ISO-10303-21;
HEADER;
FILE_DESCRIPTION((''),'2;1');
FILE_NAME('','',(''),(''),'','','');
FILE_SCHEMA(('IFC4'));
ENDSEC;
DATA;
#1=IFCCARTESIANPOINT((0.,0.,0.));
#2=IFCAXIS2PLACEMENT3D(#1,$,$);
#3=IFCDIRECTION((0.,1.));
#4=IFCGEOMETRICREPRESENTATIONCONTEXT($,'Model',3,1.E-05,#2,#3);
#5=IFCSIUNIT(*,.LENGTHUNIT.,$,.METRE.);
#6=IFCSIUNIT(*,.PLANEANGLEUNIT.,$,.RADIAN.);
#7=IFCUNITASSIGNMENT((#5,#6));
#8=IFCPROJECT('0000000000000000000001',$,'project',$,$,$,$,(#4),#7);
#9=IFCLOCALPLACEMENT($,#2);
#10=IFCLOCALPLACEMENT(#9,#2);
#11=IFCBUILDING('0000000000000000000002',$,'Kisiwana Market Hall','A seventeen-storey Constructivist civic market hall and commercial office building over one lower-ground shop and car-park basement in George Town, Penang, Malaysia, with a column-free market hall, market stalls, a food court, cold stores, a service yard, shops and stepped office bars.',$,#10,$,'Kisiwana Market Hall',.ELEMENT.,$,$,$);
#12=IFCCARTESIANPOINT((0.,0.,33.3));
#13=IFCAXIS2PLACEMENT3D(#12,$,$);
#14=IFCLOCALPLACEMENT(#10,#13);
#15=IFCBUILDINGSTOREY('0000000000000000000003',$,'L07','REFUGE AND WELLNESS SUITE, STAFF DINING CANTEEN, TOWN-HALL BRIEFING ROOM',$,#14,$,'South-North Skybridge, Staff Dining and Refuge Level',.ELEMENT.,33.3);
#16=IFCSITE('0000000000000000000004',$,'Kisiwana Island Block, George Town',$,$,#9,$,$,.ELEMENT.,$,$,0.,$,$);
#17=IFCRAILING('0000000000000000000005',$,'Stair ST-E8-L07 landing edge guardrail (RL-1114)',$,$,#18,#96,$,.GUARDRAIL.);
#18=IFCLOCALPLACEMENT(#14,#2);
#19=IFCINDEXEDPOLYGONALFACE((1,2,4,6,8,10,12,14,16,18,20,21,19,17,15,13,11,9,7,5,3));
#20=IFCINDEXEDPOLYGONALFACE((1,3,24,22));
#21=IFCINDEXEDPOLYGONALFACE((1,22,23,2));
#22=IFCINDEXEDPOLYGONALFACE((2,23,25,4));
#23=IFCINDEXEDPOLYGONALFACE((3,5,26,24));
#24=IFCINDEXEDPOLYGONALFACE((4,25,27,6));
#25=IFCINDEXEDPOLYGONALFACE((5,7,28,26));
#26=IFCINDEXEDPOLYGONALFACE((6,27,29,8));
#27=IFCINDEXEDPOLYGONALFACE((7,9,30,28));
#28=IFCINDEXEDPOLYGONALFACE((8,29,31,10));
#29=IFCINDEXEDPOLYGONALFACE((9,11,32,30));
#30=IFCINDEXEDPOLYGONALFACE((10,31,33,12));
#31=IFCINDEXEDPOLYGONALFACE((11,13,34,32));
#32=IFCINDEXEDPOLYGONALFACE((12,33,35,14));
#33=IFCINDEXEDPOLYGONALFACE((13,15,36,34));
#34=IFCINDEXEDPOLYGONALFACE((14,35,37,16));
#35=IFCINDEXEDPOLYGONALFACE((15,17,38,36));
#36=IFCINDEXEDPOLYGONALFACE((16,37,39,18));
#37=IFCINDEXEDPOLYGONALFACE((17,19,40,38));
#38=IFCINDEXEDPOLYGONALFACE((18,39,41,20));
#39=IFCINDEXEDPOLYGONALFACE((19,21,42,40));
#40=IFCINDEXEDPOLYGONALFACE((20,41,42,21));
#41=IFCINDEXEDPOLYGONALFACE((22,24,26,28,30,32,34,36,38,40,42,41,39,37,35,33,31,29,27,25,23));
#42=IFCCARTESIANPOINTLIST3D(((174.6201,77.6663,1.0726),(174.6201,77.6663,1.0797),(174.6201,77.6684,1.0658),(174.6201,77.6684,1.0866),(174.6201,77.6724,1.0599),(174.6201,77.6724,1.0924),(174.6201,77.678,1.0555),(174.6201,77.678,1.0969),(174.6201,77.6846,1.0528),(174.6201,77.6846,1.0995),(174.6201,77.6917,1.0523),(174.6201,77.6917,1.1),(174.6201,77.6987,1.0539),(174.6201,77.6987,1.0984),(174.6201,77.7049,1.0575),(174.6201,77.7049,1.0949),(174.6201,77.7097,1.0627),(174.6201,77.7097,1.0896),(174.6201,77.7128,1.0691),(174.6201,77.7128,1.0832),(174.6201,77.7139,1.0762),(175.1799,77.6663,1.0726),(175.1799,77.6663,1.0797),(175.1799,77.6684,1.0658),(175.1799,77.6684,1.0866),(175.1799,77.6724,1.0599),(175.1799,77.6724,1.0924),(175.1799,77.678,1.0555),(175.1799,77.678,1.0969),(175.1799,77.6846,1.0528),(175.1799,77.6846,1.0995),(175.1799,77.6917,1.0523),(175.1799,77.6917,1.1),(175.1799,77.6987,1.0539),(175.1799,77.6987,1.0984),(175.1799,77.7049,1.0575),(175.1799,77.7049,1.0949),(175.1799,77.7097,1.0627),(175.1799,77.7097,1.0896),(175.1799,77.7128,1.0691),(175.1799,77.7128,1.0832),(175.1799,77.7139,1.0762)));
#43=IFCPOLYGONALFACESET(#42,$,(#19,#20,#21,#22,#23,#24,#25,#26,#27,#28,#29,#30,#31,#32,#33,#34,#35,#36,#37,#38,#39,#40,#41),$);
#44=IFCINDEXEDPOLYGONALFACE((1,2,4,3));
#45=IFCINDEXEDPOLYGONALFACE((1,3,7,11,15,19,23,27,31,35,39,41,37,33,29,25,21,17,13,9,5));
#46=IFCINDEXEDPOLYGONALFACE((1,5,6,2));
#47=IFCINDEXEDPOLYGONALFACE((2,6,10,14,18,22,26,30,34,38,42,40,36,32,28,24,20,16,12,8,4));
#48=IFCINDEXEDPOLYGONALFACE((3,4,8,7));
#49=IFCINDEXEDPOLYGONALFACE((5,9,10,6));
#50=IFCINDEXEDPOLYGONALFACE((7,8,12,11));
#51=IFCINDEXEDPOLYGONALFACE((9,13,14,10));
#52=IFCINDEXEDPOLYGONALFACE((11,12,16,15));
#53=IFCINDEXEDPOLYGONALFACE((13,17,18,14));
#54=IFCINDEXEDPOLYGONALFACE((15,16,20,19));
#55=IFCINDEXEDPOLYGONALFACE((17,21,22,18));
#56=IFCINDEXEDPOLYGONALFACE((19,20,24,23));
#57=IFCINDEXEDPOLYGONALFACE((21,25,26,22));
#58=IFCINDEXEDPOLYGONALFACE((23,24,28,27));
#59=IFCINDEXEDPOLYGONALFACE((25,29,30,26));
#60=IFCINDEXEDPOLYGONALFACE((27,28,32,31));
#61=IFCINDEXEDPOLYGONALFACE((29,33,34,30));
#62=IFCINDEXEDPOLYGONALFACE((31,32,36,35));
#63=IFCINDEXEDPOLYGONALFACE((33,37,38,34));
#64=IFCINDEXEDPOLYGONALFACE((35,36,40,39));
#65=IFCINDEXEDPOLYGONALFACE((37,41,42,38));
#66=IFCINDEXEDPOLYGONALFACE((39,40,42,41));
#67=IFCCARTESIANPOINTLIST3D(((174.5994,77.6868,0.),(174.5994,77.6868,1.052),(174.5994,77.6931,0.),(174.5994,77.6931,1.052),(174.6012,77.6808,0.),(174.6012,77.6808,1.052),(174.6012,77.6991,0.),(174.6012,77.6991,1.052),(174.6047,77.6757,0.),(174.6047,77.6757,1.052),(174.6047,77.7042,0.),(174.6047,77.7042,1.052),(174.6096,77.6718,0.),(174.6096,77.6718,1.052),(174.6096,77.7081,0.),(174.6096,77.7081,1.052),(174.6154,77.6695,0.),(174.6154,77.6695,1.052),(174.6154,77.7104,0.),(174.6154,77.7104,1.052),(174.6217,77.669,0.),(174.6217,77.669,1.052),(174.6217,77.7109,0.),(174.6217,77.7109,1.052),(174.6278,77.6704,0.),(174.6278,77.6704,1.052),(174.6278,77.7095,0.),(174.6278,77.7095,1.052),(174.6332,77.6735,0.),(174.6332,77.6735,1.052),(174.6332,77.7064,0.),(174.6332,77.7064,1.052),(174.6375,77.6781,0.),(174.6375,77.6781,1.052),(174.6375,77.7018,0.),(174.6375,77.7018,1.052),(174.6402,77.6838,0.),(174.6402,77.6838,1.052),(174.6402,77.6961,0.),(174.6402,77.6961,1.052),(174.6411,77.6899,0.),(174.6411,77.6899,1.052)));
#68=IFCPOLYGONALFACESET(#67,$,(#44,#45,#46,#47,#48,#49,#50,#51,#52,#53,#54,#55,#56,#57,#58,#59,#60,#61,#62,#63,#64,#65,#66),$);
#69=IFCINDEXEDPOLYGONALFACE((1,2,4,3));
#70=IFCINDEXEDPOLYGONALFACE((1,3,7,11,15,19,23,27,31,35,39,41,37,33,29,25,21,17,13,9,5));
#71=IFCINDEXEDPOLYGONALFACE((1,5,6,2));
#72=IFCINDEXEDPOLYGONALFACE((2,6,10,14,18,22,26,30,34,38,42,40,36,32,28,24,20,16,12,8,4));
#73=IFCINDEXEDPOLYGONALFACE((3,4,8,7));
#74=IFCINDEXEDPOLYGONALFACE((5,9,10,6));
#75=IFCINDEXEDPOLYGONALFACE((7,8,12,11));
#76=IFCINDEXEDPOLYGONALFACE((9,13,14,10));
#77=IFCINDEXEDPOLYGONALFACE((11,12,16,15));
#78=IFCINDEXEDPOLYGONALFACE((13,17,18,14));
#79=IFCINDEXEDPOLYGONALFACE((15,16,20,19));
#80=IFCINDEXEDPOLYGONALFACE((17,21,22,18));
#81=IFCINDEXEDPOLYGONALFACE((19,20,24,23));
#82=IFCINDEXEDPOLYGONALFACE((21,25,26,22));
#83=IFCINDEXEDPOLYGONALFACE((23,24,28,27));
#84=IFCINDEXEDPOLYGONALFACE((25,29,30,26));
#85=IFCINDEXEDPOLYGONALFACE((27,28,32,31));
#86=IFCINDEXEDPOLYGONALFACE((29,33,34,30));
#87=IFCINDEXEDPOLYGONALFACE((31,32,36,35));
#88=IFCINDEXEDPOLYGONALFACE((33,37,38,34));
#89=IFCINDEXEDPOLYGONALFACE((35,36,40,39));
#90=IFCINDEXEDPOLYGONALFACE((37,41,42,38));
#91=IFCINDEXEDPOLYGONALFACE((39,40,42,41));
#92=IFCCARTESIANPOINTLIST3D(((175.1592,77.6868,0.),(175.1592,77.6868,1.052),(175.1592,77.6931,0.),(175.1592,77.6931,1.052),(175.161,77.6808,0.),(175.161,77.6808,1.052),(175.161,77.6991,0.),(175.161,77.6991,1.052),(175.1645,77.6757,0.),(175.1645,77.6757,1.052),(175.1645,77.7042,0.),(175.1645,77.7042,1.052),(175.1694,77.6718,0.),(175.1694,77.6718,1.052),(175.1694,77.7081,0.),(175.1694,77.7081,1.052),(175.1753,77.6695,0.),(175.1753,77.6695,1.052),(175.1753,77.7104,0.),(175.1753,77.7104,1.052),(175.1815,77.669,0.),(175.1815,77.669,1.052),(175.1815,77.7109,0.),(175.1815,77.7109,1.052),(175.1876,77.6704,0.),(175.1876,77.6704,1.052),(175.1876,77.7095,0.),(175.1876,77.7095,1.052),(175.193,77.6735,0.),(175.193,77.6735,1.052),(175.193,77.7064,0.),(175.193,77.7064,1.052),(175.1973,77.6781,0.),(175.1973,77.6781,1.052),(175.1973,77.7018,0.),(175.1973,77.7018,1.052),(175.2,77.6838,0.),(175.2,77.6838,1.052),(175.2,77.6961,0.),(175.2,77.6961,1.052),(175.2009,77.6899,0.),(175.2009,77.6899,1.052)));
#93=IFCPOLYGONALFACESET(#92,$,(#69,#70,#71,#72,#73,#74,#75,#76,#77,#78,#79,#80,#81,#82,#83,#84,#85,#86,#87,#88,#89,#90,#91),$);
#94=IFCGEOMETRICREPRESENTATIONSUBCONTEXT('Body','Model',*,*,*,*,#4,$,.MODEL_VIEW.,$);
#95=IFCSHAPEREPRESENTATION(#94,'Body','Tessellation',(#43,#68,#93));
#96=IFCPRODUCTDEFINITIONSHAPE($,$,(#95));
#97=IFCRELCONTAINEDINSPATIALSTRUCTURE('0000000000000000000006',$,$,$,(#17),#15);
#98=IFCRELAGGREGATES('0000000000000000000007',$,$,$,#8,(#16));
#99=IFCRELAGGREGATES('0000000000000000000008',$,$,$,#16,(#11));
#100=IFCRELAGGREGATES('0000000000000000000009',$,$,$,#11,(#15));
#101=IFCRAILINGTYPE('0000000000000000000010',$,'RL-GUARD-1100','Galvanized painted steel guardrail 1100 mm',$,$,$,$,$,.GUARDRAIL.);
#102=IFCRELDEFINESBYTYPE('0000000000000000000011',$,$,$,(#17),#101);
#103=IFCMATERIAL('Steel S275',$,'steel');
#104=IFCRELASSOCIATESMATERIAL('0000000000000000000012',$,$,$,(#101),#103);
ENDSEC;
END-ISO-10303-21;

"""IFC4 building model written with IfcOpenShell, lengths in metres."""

from ifc_helpers import new_model, si_unit, direction, frame, origin, origin_2d, place, context, subcontext, project, spatial, circle, extrude, material, type_object, element, save


model = new_model("IFC4")

# Units and contexts
model_context = context("Model", 3, precision=1e-05, world=origin(), true_north=direction((0.0, 1.0)))
body_context = subcontext(model_context, "Body", "Model", "MODEL_VIEW")
ifc_project = project(units=[si_unit("LENGTHUNIT", "METRE"), si_unit("PLANEANGLEUNIT", "RADIAN")], contexts=[model_context])

# Site, building, storey
site_placement = place(None, origin())
site = spatial("IfcSite", under=ifc_project, at=site_placement, Name="Kisiwana Island Block, George Town", CompositionType="ELEMENT", RefElevation=0.0)
building_placement = place(site_placement, origin())
building = spatial("IfcBuilding", under=site, at=building_placement, Name="Kisiwana Market Hall", Description="A seventeen-storey Constructivist civic market hall and commercial office building over one lower-ground shop and car-park basement in George Town, Penang, Malaysia, with a column-free market hall, market stalls, a food court, cold stores, a service yard, shops and stepped office bars.", LongName="Kisiwana Market Hall", CompositionType="ELEMENT")
storey_placement = place(building_placement, frame((0.0, 0.0, 33.3)))
storey = spatial("IfcBuildingStorey", under=building, at=storey_placement, Name="L07", Description="REFUGE AND WELLNESS SUITE, STAFF DINING CANTEEN, TOWN-HALL BRIEFING ROOM", LongName="South-North Skybridge, Staff Dining and Refuge Level", CompositionType="ELEMENT", Elevation=33.3)

# Railing
ifc_material_1 = material(Name="Steel S275", Category="steel")
railing_type_1 = type_object("IfcRailingType", Name="RL-GUARD-1100", Description="Galvanized painted steel guardrail 1100 mm", PredefinedType="GUARDRAIL", material=ifc_material_1)
railing_1_placement = place(storey_placement, frame((174.6201, 77.6899, 0.0)))
element("IfcRailing", 1, at=railing_1_placement, inside=storey, type_object=railing_type_1, Name="Stair ST-E8-L07 landing edge guardrail (RL-1114)", PredefinedType="GUARDRAIL", context=body_context, shape_type="SweptSolid", body=[
    extrude(circle(Radius=0.0239, at=origin_2d()), frame((0.0, 0.0, 1.0762), z_axis=(1.0, 0.0, 0.0), x_axis=(0.0, 1.0, 0.0)), (0.0, 0.0, 1.0), 0.5598),
    extrude(circle(Radius=0.021, at=origin_2d()), origin(), (0.0, 0.0, 1.0), 1.052),
    extrude(circle(Radius=0.021, at=origin_2d()), frame((0.5598, 0.0, 0.0)), (0.0, 0.0, 1.0), 1.052),
])

save(model, "model.ifc")
